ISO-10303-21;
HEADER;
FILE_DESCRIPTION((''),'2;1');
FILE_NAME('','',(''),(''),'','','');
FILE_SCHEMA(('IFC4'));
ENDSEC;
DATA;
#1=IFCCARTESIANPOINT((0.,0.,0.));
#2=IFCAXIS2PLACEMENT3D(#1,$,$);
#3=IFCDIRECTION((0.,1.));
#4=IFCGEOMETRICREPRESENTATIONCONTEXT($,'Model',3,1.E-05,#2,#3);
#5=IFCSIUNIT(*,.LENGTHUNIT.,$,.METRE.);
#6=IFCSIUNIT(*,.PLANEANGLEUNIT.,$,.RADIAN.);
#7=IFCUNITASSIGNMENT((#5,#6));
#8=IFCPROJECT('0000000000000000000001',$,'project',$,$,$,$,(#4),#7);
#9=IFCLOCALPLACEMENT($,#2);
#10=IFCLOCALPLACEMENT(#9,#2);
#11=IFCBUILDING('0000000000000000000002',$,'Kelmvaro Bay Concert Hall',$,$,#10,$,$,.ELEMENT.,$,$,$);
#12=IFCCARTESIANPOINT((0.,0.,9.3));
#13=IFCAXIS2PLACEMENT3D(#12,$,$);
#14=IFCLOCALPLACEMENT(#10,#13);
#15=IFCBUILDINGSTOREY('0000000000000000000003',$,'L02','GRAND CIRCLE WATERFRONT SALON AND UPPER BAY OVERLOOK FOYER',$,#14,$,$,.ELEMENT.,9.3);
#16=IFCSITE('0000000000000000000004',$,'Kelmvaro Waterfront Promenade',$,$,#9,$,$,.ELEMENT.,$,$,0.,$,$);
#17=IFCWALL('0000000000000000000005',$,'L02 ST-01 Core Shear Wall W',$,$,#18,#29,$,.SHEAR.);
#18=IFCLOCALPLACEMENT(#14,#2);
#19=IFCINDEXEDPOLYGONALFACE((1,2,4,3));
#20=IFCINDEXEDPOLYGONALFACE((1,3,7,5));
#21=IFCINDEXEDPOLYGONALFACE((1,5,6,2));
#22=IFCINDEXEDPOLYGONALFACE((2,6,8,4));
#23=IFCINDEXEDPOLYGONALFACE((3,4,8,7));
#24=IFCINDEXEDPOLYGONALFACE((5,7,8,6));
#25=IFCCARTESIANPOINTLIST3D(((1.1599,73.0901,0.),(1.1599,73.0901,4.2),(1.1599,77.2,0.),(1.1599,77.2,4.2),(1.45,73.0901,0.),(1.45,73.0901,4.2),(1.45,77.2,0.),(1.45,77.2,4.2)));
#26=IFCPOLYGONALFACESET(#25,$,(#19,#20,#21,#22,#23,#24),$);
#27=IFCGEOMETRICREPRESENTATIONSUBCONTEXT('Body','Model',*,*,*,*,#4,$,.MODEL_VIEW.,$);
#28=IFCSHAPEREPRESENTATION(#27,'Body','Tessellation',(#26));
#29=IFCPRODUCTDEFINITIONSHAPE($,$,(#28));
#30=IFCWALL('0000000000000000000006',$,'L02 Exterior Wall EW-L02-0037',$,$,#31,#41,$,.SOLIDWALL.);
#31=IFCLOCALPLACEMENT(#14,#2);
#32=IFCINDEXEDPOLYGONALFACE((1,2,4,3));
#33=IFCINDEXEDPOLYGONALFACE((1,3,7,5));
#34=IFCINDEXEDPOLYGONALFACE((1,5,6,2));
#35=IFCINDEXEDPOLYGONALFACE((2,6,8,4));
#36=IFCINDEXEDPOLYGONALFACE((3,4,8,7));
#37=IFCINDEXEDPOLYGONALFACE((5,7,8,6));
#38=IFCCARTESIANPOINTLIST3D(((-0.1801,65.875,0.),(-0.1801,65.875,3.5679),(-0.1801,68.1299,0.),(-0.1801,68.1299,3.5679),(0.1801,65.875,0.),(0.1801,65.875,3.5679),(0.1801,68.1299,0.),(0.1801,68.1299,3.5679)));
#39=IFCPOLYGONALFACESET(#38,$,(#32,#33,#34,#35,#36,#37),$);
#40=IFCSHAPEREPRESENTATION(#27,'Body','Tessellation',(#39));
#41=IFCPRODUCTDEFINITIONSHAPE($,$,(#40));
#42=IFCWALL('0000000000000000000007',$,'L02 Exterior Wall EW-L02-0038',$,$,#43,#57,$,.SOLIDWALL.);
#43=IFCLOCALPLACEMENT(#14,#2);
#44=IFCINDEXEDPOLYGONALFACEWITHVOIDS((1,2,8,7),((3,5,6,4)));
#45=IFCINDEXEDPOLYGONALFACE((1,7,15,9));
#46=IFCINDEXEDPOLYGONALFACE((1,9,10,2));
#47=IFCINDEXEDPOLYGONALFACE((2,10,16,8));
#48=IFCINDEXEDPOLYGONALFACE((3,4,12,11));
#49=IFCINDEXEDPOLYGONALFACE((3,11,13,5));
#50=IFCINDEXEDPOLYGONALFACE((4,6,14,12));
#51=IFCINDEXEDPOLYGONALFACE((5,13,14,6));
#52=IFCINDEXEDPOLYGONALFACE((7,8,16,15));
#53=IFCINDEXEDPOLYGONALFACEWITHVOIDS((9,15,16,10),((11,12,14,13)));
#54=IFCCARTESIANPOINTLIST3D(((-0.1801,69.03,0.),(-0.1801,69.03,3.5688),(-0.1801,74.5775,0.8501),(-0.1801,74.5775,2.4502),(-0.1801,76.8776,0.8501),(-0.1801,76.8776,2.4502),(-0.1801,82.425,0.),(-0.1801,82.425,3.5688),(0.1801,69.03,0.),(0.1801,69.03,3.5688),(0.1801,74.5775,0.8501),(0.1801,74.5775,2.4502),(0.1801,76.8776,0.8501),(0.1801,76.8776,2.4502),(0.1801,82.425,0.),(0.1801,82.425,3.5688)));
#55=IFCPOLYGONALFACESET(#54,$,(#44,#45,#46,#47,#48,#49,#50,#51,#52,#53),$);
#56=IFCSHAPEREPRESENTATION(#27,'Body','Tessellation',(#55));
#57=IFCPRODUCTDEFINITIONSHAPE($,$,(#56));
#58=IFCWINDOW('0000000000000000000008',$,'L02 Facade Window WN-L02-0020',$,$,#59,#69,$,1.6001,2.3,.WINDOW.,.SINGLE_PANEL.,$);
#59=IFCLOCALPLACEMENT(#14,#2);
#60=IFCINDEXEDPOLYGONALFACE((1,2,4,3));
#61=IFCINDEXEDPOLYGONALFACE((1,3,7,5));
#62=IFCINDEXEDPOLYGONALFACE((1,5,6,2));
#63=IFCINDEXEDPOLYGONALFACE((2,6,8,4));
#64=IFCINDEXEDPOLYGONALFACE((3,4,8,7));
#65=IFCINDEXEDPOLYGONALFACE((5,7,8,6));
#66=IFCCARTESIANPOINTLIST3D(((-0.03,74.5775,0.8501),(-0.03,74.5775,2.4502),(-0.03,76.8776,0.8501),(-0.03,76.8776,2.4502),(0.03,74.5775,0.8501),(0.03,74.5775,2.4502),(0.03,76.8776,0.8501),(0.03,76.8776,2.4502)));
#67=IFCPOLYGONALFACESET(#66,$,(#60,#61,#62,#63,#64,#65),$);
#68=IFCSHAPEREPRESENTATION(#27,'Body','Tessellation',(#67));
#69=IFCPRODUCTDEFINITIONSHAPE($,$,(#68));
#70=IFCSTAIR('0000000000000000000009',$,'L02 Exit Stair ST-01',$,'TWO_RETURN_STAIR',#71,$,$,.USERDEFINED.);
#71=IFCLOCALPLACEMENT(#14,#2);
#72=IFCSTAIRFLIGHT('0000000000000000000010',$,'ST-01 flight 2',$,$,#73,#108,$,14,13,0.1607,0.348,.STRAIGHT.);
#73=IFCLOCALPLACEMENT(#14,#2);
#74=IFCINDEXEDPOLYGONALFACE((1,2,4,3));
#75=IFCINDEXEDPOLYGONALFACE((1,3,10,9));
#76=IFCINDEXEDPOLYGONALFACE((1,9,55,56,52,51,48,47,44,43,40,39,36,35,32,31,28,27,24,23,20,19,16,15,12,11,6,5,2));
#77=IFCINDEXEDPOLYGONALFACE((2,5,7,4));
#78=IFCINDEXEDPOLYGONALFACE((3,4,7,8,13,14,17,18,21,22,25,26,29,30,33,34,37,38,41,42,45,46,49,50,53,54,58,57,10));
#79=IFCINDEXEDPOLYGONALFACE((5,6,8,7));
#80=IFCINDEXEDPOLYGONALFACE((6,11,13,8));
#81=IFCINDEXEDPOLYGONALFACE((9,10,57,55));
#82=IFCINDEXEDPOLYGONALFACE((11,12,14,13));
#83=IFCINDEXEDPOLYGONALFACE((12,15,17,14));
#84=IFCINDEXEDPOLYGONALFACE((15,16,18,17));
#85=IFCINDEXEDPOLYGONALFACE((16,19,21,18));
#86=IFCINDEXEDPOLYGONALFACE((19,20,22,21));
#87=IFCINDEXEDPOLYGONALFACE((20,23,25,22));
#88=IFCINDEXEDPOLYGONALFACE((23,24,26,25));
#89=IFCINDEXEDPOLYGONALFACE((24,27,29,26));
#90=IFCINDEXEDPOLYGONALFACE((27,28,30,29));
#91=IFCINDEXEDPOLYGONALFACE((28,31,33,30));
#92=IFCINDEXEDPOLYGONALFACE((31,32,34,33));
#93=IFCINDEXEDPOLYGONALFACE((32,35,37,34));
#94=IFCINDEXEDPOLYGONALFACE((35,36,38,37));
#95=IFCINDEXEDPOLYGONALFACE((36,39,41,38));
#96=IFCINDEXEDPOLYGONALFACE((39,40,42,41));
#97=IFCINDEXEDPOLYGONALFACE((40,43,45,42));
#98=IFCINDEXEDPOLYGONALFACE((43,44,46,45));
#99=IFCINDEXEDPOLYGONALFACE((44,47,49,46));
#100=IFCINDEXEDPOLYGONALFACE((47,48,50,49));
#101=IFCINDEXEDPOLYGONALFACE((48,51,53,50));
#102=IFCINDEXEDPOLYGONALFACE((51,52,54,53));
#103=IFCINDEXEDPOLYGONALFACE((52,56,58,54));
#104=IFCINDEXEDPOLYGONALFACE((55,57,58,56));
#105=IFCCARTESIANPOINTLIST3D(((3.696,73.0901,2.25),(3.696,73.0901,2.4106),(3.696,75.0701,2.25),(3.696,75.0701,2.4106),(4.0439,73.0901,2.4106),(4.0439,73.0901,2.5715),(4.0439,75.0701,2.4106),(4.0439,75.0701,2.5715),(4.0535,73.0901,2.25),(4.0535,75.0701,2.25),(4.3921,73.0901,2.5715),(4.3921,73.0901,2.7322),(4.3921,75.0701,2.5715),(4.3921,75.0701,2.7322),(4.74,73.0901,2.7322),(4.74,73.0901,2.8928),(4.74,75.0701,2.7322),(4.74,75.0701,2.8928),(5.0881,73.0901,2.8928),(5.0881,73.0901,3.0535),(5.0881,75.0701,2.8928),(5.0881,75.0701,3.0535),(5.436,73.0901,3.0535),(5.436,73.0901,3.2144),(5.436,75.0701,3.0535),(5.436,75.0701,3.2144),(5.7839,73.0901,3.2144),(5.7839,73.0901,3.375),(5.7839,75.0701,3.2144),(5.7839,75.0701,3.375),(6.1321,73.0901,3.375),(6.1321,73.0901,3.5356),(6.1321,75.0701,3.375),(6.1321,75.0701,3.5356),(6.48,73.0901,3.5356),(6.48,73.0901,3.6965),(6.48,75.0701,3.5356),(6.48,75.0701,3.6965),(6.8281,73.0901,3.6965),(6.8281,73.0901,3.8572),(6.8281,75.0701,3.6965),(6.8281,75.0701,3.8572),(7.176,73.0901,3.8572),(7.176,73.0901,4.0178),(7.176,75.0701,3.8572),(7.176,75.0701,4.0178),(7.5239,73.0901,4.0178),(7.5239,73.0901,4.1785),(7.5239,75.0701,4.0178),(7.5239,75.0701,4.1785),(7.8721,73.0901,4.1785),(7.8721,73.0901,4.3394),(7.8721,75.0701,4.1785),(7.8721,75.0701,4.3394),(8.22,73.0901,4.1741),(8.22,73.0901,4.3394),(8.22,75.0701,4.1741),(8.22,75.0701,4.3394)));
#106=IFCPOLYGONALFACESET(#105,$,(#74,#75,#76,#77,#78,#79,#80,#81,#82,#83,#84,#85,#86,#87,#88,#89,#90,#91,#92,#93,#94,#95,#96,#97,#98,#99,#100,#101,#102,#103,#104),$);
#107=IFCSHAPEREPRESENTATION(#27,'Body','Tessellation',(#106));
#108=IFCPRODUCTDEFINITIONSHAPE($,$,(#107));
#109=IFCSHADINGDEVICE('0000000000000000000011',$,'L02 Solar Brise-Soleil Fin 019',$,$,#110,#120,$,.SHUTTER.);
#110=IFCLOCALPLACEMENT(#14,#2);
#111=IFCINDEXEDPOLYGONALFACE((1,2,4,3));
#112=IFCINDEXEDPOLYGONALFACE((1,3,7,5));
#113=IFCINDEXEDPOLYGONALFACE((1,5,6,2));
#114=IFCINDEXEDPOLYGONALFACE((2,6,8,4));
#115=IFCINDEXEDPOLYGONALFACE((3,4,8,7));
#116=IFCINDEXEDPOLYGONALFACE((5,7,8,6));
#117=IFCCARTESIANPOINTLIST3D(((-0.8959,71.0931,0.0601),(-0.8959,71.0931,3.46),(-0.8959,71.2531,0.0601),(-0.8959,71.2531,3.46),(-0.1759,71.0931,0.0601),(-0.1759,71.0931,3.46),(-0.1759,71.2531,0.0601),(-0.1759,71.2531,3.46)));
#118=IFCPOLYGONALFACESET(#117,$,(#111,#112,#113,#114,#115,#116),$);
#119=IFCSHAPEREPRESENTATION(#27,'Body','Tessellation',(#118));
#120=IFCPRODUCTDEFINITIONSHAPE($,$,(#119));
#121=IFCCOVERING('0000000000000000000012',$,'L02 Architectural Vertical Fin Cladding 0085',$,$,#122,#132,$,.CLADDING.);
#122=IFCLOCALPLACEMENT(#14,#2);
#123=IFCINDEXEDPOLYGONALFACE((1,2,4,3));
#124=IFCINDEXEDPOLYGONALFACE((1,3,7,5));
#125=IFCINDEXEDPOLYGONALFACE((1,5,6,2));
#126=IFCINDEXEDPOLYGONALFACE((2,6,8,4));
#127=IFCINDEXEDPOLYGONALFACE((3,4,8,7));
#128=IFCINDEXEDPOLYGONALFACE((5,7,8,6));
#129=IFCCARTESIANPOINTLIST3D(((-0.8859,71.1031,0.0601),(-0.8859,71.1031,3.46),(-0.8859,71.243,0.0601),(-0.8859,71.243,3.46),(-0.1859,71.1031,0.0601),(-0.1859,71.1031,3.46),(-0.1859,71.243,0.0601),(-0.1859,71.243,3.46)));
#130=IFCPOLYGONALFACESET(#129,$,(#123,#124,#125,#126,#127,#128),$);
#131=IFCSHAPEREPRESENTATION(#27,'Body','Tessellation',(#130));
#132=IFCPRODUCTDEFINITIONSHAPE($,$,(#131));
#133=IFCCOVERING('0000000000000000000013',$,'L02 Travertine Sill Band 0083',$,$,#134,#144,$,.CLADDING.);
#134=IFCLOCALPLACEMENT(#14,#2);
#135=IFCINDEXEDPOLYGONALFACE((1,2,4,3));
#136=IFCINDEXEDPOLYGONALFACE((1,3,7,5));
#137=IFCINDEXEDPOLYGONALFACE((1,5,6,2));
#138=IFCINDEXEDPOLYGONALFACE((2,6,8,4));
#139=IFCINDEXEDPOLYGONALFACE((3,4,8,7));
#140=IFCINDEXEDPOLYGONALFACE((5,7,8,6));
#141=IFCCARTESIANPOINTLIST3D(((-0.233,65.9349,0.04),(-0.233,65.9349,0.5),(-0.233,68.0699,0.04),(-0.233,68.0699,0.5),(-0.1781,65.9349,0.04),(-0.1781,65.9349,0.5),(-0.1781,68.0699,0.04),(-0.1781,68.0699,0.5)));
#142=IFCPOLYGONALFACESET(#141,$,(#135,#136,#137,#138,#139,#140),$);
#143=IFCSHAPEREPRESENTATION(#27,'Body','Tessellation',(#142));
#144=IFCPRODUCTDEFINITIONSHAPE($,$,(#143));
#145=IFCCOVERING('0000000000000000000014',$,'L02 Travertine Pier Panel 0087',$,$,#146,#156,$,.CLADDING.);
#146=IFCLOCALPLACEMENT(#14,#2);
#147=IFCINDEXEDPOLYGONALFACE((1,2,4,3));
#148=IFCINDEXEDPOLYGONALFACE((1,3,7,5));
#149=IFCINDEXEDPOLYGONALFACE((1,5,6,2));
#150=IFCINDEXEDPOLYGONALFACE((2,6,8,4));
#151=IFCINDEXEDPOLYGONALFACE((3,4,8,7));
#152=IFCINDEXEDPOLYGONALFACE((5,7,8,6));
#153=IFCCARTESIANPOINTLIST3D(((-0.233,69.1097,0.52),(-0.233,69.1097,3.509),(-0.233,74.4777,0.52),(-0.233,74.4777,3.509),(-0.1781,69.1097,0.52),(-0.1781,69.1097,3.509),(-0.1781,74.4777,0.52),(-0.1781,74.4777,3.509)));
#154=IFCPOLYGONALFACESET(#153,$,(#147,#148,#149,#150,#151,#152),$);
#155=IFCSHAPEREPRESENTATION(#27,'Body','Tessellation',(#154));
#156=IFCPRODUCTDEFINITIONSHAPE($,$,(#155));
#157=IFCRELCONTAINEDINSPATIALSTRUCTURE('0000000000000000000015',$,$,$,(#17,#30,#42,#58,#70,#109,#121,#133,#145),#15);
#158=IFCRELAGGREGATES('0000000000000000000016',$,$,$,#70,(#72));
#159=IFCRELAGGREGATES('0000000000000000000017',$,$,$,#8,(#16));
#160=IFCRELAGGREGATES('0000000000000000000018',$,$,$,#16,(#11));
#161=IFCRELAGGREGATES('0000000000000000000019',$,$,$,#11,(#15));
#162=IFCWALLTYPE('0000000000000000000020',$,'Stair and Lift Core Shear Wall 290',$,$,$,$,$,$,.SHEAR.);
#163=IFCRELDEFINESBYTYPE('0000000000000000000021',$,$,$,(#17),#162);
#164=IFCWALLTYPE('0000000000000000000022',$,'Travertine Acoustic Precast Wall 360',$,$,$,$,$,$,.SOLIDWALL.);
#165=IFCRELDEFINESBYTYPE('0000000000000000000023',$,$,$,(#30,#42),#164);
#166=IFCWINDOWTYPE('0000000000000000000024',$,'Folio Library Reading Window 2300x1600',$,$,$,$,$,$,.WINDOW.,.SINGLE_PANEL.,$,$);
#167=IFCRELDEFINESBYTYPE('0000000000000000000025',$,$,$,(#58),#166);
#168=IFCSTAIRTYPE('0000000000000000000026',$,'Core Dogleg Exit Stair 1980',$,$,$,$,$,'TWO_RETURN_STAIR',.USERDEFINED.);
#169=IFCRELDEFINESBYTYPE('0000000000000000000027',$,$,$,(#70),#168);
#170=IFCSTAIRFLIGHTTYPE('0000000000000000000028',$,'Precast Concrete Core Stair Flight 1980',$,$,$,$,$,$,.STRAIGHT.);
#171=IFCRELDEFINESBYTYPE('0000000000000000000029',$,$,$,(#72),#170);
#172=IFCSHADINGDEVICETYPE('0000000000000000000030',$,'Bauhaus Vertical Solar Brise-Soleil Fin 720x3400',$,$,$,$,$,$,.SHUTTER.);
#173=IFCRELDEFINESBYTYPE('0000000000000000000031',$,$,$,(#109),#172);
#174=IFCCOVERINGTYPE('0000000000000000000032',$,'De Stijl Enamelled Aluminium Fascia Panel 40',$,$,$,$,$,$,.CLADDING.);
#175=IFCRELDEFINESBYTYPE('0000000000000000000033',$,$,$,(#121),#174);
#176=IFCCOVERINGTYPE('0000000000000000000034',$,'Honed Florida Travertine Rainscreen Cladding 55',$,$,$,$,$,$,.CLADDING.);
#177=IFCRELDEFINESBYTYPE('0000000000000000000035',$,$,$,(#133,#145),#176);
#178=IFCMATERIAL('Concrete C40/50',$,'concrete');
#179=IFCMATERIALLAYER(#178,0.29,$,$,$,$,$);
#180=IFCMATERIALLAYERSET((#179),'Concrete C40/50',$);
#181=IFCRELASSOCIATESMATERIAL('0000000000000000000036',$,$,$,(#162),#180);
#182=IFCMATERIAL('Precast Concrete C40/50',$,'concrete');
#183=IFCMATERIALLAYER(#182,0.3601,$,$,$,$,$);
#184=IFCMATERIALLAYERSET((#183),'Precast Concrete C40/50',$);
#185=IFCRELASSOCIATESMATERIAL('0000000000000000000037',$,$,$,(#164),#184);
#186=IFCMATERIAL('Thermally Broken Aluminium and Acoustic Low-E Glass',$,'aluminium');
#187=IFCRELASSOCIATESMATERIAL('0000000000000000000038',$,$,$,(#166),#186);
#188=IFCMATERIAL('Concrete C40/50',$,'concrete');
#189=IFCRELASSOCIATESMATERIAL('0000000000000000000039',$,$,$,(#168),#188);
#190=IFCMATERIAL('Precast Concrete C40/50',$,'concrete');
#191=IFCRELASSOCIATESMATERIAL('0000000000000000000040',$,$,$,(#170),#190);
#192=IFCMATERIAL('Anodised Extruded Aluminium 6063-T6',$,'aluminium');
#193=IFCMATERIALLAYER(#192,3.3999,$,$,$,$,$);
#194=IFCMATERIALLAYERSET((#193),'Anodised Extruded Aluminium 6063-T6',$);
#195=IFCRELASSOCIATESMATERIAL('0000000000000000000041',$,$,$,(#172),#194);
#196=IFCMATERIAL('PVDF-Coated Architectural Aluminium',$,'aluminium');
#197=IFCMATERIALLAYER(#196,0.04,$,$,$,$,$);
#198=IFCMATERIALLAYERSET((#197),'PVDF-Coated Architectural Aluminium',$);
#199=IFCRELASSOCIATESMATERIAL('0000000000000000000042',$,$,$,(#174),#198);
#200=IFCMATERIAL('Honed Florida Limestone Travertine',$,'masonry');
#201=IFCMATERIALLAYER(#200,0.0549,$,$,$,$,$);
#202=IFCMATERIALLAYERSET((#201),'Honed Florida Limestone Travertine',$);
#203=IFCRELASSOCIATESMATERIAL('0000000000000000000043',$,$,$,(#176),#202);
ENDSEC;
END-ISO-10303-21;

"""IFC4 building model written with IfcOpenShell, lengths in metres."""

from ifc_helpers import new_model, si_unit, direction, frame, frame_2d, origin, origin_2d, place, context, subcontext, project, spatial, polyline, rectangle, outline, extrude, material, layer, layer_set, type_object, element, fill, aggregate, save


model = new_model("IFC4")

# Units and contexts
model_context = context("Model", 3, precision=1e-05, world=origin(), true_north=direction((0.0, 1.0)))
body_context = subcontext(model_context, "Body", "Model", "MODEL_VIEW")
ifc_project = project(units=[si_unit("LENGTHUNIT", "METRE"), si_unit("PLANEANGLEUNIT", "RADIAN")], contexts=[model_context])

# Site, building, storey
site_placement = place(None, origin())
site = spatial("IfcSite", under=ifc_project, at=site_placement, Name="Kelmvaro Waterfront Promenade", CompositionType="ELEMENT", RefElevation=0.0)
building_placement = place(site_placement, origin())
building = spatial("IfcBuilding", under=site, at=building_placement, Name="Kelmvaro Bay Concert Hall", CompositionType="ELEMENT")
storey_placement = place(building_placement, frame((0.0, 0.0, 9.3)))
storey = spatial("IfcBuildingStorey", under=building, at=storey_placement, Name="L02", Description="GRAND CIRCLE WATERFRONT SALON AND UPPER BAY OVERLOOK FOYER", CompositionType="ELEMENT", Elevation=9.3)

# Walls
ifc_material_1 = material(Name="Concrete C40/50", Category="concrete")
ifc_layer_1 = layer(ifc_material_1, 0.29)
ifc_layer_set_1 = layer_set([ifc_layer_1], Name="Concrete C40/50")
wall_type_1 = type_object("IfcWallType", Name="Stair and Lift Core Shear Wall 290", PredefinedType="SHEAR", material=ifc_layer_set_1)
wall_1_placement = place(storey_placement, frame((1.3049, 73.0901, 0.0), z_axis=(0.0, 0.0, 1.0), x_axis=(0.0, 1.0, 0.0)))
element("IfcWall", 1, at=wall_1_placement, inside=storey, type_object=wall_type_1, Name="L02 ST-01 Core Shear Wall W", PredefinedType="SHEAR", context=body_context, shape_type="SweptSolid", body=[
    extrude(rectangle(XDim=4.1099, YDim=0.29, at=frame_2d((2.0549, 0.0))), origin(), (0.0, 0.0, 1.0), 4.2),
])
ifc_material_2 = material(Name="Precast Concrete C40/50", Category="concrete")
ifc_layer_2 = layer(ifc_material_2, 0.3601)
ifc_layer_set_2 = layer_set([ifc_layer_2], Name="Precast Concrete C40/50")
wall_type_2 = type_object("IfcWallType", Name="Travertine Acoustic Precast Wall 360", PredefinedType="SOLIDWALL", material=ifc_layer_set_2)
wall_2_placement = place(storey_placement, frame((0.0, 65.875, 0.0), z_axis=(0.0, 0.0, 1.0), x_axis=(0.0, 1.0, 0.0)))
element("IfcWall", 2, at=wall_2_placement, inside=storey, type_object=wall_type_2, Name="L02 Exterior Wall EW-L02-0037", PredefinedType="SOLIDWALL", context=body_context, shape_type="SweptSolid", body=[
    extrude(rectangle(XDim=2.2549, YDim=0.3601, at=frame_2d((1.1274, 0.0))), origin(), (0.0, 0.0, 1.0), 3.5679),
])

# Wall, opening, window
wall_3_placement = place(storey_placement, frame((0.0, 69.03, 0.0), z_axis=(0.0, 0.0, 1.0), x_axis=(0.0, 1.0, 0.0)))
wall_3 = element("IfcWall", 3, at=wall_3_placement, inside=storey, type_object=wall_type_2, Name="L02 Exterior Wall EW-L02-0038", PredefinedType="SOLIDWALL", context=body_context, shape_type="SweptSolid", body=[
    extrude(rectangle(XDim=13.395, YDim=0.3601, at=frame_2d((6.6975, 0.0))), origin(), (0.0, 0.0, 1.0), 3.5688),
])
opening_placement = place(wall_3_placement, frame((5.5476, 0.0, 0.8501)))
opening = element("IfcOpeningElement", 4, at=opening_placement, cuts=wall_3, PredefinedType="OPENING", context=body_context, shape_type="SweptSolid", body=[
    extrude(rectangle(XDim=2.3, YDim=1.6001, at=frame_2d((1.1499, 0.8))), frame((0.0, 0.1899, 0.0), z_axis=(0.0, -1.0, 0.0), x_axis=(1.0, 0.0, 0.0)), (0.0, 0.0, 1.0), 0.3801),
])
ifc_material_3 = material(Name="Thermally Broken Aluminium and Acoustic Low-E Glass", Category="aluminium")
window_type = type_object("IfcWindowType", Name="Folio Library Reading Window 2300x1600", PartitioningType="SINGLE_PANEL", PredefinedType="WINDOW", material=ifc_material_3)
window_placement = place(opening_placement, origin())
window = element("IfcWindow", 5, at=window_placement, inside=storey, type_object=window_type, Name="L02 Facade Window WN-L02-0020", OverallHeight=1.6001, OverallWidth=2.3, PartitioningType="SINGLE_PANEL", PredefinedType="WINDOW", context=body_context, shape_type="SweptSolid", body=[
    extrude(rectangle(XDim=2.3, YDim=1.6001, at=frame_2d((1.1499, 0.8))), frame((0.0, 0.03, 0.0), z_axis=(0.0, -1.0, 0.0), x_axis=(1.0, 0.0, 0.0)), (0.0, 0.0, 1.0), 0.0601),
])
fill(opening, window)

# Stair, stair flight
ifc_material_4 = material(Name="Concrete C40/50", Category="concrete")
stair_type = type_object("IfcStairType", Name="Core Dogleg Exit Stair 1980", ElementType="TWO_RETURN_STAIR", PredefinedType="USERDEFINED", material=ifc_material_4)
stair_placement = place(storey_placement, origin())
stair = element("IfcStair", 6, at=stair_placement, inside=storey, type_object=stair_type, Name="L02 Exit Stair ST-01", ObjectType="TWO_RETURN_STAIR", PredefinedType="USERDEFINED")
ifc_material_5 = material(Name="Precast Concrete C40/50", Category="concrete")
stair_flight_type = type_object("IfcStairFlightType", Name="Precast Concrete Core Stair Flight 1980", PredefinedType="STRAIGHT", material=ifc_material_5)
stair_flight_placement = place(storey_placement, frame((3.696, 74.0801, 2.25), z_axis=(0.0, 0.0, 1.0), x_axis=(1.0, 0.0, 0.0)))
stair_flight = element("IfcStairFlight", 7, at=stair_flight_placement, type_object=stair_flight_type, Name="ST-01 flight 2", NumberOfRisers=14, NumberOfTreads=13, PredefinedType="STRAIGHT", RiserHeight=0.1607, TreadLength=0.348, context=body_context, shape_type="SweptSolid", body=[
    extrude(outline(polyline([(0.0, 0.0), (0.0, 0.1606), (0.3479, 0.1606), (0.3479, 0.3215), (0.696, 0.3215), (0.696, 0.4822), (1.0439, 0.4822), (1.0439, 0.6428), (1.3921, 0.6428), (1.3921, 0.8035), (1.74, 0.8035), (1.74, 0.9644), (2.0879, 0.9644), (2.0879, 1.125), (2.436, 1.125), (2.436, 1.2856), (2.7839, 1.2856), (2.7839, 1.4465), (3.1321, 1.4465), (3.1321, 1.6072), (3.48, 1.6072), (3.48, 1.7678), (3.8279, 1.7678), (3.8279, 1.9285), (4.176, 1.9285), (4.176, 2.0894), (4.5239, 2.0894), (4.5239, 2.25), (4.5239, 1.9241), (0.3574, 0.0), (0.0, 0.0)])), frame((0.0, 0.99, 0.0), z_axis=(0.0, -1.0, 0.0), x_axis=(1.0, 0.0, 0.0)), (0.0, 0.0, 1.0), 1.98),
])
aggregate(stair, [stair_flight])

# Shading device
ifc_material_6 = material(Name="Anodised Extruded Aluminium 6063-T6", Category="aluminium")
ifc_layer_3 = layer(ifc_material_6, 3.3999)
ifc_layer_set_3 = layer_set([ifc_layer_3], Name="Anodised Extruded Aluminium 6063-T6")
shading_device_type = type_object("IfcShadingDeviceType", Name="Bauhaus Vertical Solar Brise-Soleil Fin 720x3400", PredefinedType="SHUTTER", material=ifc_layer_set_3)
shading_device_placement = place(storey_placement, frame((-0.5359, 71.1731, 0.0601), z_axis=(0.0, 0.0, 1.0), x_axis=(0.0, 1.0, 0.0)))
element("IfcShadingDevice", 8, at=shading_device_placement, inside=storey, type_object=shading_device_type, Name="L02 Solar Brise-Soleil Fin 019", PredefinedType="SHUTTER", context=body_context, shape_type="SweptSolid", body=[
    extrude(rectangle(XDim=0.1599, YDim=0.72, at=origin_2d()), origin(), (0.0, 0.0, 1.0), 3.3999),
])

# Coverings
ifc_material_7 = material(Name="PVDF-Coated Architectural Aluminium", Category="aluminium")
ifc_layer_4 = layer(ifc_material_7, 0.04)
ifc_layer_set_4 = layer_set([ifc_layer_4], Name="PVDF-Coated Architectural Aluminium")
covering_type_1 = type_object("IfcCoveringType", Name="De Stijl Enamelled Aluminium Fascia Panel 40", PredefinedType="CLADDING", material=ifc_layer_set_4)
covering_1_placement = place(storey_placement, frame((-0.5359, 71.1731, 0.0601), z_axis=(0.0, 0.0, 1.0), x_axis=(0.0, 1.0, 0.0)))
element("IfcCovering", 9, at=covering_1_placement, inside=storey, type_object=covering_type_1, Name="L02 Architectural Vertical Fin Cladding 0085", PredefinedType="CLADDING", context=body_context, shape_type="SweptSolid", body=[
    extrude(rectangle(XDim=0.1399, YDim=0.7, at=origin_2d()), origin(), (0.0, 0.0, 1.0), 3.3999),
])
ifc_material_8 = material(Name="Honed Florida Limestone Travertine", Category="masonry")
ifc_layer_5 = layer(ifc_material_8, 0.0549)
ifc_layer_set_5 = layer_set([ifc_layer_5], Name="Honed Florida Limestone Travertine")
covering_type_2 = type_object("IfcCoveringType", Name="Honed Florida Travertine Rainscreen Cladding 55", PredefinedType="CLADDING", material=ifc_layer_set_5)
covering_2_placement = place(storey_placement, frame((-0.2056, 67.0024, 0.04), z_axis=(0.0, 0.0, 1.0), x_axis=(0.0, 1.0, 0.0)))
element("IfcCovering", 10, at=covering_2_placement, inside=storey, type_object=covering_type_2, Name="L02 Travertine Sill Band 0083", PredefinedType="CLADDING", context=body_context, shape_type="SweptSolid", body=[
    extrude(rectangle(XDim=2.135, YDim=0.0549, at=origin_2d()), origin(), (0.0, 0.0, 1.0), 0.46),
])
covering_3_placement = place(storey_placement, frame((-0.2056, 71.7937, 0.52), z_axis=(0.0, 0.0, 1.0), x_axis=(0.0, 1.0, 0.0)))
element("IfcCovering", 11, at=covering_3_placement, inside=storey, type_object=covering_type_2, Name="L02 Travertine Pier Panel 0087", PredefinedType="CLADDING", context=body_context, shape_type="SweptSolid", body=[
    extrude(rectangle(XDim=5.3679, YDim=0.0549, at=origin_2d()), origin(), (0.0, 0.0, 1.0), 2.989),
])

save(model, "model.ifc")
